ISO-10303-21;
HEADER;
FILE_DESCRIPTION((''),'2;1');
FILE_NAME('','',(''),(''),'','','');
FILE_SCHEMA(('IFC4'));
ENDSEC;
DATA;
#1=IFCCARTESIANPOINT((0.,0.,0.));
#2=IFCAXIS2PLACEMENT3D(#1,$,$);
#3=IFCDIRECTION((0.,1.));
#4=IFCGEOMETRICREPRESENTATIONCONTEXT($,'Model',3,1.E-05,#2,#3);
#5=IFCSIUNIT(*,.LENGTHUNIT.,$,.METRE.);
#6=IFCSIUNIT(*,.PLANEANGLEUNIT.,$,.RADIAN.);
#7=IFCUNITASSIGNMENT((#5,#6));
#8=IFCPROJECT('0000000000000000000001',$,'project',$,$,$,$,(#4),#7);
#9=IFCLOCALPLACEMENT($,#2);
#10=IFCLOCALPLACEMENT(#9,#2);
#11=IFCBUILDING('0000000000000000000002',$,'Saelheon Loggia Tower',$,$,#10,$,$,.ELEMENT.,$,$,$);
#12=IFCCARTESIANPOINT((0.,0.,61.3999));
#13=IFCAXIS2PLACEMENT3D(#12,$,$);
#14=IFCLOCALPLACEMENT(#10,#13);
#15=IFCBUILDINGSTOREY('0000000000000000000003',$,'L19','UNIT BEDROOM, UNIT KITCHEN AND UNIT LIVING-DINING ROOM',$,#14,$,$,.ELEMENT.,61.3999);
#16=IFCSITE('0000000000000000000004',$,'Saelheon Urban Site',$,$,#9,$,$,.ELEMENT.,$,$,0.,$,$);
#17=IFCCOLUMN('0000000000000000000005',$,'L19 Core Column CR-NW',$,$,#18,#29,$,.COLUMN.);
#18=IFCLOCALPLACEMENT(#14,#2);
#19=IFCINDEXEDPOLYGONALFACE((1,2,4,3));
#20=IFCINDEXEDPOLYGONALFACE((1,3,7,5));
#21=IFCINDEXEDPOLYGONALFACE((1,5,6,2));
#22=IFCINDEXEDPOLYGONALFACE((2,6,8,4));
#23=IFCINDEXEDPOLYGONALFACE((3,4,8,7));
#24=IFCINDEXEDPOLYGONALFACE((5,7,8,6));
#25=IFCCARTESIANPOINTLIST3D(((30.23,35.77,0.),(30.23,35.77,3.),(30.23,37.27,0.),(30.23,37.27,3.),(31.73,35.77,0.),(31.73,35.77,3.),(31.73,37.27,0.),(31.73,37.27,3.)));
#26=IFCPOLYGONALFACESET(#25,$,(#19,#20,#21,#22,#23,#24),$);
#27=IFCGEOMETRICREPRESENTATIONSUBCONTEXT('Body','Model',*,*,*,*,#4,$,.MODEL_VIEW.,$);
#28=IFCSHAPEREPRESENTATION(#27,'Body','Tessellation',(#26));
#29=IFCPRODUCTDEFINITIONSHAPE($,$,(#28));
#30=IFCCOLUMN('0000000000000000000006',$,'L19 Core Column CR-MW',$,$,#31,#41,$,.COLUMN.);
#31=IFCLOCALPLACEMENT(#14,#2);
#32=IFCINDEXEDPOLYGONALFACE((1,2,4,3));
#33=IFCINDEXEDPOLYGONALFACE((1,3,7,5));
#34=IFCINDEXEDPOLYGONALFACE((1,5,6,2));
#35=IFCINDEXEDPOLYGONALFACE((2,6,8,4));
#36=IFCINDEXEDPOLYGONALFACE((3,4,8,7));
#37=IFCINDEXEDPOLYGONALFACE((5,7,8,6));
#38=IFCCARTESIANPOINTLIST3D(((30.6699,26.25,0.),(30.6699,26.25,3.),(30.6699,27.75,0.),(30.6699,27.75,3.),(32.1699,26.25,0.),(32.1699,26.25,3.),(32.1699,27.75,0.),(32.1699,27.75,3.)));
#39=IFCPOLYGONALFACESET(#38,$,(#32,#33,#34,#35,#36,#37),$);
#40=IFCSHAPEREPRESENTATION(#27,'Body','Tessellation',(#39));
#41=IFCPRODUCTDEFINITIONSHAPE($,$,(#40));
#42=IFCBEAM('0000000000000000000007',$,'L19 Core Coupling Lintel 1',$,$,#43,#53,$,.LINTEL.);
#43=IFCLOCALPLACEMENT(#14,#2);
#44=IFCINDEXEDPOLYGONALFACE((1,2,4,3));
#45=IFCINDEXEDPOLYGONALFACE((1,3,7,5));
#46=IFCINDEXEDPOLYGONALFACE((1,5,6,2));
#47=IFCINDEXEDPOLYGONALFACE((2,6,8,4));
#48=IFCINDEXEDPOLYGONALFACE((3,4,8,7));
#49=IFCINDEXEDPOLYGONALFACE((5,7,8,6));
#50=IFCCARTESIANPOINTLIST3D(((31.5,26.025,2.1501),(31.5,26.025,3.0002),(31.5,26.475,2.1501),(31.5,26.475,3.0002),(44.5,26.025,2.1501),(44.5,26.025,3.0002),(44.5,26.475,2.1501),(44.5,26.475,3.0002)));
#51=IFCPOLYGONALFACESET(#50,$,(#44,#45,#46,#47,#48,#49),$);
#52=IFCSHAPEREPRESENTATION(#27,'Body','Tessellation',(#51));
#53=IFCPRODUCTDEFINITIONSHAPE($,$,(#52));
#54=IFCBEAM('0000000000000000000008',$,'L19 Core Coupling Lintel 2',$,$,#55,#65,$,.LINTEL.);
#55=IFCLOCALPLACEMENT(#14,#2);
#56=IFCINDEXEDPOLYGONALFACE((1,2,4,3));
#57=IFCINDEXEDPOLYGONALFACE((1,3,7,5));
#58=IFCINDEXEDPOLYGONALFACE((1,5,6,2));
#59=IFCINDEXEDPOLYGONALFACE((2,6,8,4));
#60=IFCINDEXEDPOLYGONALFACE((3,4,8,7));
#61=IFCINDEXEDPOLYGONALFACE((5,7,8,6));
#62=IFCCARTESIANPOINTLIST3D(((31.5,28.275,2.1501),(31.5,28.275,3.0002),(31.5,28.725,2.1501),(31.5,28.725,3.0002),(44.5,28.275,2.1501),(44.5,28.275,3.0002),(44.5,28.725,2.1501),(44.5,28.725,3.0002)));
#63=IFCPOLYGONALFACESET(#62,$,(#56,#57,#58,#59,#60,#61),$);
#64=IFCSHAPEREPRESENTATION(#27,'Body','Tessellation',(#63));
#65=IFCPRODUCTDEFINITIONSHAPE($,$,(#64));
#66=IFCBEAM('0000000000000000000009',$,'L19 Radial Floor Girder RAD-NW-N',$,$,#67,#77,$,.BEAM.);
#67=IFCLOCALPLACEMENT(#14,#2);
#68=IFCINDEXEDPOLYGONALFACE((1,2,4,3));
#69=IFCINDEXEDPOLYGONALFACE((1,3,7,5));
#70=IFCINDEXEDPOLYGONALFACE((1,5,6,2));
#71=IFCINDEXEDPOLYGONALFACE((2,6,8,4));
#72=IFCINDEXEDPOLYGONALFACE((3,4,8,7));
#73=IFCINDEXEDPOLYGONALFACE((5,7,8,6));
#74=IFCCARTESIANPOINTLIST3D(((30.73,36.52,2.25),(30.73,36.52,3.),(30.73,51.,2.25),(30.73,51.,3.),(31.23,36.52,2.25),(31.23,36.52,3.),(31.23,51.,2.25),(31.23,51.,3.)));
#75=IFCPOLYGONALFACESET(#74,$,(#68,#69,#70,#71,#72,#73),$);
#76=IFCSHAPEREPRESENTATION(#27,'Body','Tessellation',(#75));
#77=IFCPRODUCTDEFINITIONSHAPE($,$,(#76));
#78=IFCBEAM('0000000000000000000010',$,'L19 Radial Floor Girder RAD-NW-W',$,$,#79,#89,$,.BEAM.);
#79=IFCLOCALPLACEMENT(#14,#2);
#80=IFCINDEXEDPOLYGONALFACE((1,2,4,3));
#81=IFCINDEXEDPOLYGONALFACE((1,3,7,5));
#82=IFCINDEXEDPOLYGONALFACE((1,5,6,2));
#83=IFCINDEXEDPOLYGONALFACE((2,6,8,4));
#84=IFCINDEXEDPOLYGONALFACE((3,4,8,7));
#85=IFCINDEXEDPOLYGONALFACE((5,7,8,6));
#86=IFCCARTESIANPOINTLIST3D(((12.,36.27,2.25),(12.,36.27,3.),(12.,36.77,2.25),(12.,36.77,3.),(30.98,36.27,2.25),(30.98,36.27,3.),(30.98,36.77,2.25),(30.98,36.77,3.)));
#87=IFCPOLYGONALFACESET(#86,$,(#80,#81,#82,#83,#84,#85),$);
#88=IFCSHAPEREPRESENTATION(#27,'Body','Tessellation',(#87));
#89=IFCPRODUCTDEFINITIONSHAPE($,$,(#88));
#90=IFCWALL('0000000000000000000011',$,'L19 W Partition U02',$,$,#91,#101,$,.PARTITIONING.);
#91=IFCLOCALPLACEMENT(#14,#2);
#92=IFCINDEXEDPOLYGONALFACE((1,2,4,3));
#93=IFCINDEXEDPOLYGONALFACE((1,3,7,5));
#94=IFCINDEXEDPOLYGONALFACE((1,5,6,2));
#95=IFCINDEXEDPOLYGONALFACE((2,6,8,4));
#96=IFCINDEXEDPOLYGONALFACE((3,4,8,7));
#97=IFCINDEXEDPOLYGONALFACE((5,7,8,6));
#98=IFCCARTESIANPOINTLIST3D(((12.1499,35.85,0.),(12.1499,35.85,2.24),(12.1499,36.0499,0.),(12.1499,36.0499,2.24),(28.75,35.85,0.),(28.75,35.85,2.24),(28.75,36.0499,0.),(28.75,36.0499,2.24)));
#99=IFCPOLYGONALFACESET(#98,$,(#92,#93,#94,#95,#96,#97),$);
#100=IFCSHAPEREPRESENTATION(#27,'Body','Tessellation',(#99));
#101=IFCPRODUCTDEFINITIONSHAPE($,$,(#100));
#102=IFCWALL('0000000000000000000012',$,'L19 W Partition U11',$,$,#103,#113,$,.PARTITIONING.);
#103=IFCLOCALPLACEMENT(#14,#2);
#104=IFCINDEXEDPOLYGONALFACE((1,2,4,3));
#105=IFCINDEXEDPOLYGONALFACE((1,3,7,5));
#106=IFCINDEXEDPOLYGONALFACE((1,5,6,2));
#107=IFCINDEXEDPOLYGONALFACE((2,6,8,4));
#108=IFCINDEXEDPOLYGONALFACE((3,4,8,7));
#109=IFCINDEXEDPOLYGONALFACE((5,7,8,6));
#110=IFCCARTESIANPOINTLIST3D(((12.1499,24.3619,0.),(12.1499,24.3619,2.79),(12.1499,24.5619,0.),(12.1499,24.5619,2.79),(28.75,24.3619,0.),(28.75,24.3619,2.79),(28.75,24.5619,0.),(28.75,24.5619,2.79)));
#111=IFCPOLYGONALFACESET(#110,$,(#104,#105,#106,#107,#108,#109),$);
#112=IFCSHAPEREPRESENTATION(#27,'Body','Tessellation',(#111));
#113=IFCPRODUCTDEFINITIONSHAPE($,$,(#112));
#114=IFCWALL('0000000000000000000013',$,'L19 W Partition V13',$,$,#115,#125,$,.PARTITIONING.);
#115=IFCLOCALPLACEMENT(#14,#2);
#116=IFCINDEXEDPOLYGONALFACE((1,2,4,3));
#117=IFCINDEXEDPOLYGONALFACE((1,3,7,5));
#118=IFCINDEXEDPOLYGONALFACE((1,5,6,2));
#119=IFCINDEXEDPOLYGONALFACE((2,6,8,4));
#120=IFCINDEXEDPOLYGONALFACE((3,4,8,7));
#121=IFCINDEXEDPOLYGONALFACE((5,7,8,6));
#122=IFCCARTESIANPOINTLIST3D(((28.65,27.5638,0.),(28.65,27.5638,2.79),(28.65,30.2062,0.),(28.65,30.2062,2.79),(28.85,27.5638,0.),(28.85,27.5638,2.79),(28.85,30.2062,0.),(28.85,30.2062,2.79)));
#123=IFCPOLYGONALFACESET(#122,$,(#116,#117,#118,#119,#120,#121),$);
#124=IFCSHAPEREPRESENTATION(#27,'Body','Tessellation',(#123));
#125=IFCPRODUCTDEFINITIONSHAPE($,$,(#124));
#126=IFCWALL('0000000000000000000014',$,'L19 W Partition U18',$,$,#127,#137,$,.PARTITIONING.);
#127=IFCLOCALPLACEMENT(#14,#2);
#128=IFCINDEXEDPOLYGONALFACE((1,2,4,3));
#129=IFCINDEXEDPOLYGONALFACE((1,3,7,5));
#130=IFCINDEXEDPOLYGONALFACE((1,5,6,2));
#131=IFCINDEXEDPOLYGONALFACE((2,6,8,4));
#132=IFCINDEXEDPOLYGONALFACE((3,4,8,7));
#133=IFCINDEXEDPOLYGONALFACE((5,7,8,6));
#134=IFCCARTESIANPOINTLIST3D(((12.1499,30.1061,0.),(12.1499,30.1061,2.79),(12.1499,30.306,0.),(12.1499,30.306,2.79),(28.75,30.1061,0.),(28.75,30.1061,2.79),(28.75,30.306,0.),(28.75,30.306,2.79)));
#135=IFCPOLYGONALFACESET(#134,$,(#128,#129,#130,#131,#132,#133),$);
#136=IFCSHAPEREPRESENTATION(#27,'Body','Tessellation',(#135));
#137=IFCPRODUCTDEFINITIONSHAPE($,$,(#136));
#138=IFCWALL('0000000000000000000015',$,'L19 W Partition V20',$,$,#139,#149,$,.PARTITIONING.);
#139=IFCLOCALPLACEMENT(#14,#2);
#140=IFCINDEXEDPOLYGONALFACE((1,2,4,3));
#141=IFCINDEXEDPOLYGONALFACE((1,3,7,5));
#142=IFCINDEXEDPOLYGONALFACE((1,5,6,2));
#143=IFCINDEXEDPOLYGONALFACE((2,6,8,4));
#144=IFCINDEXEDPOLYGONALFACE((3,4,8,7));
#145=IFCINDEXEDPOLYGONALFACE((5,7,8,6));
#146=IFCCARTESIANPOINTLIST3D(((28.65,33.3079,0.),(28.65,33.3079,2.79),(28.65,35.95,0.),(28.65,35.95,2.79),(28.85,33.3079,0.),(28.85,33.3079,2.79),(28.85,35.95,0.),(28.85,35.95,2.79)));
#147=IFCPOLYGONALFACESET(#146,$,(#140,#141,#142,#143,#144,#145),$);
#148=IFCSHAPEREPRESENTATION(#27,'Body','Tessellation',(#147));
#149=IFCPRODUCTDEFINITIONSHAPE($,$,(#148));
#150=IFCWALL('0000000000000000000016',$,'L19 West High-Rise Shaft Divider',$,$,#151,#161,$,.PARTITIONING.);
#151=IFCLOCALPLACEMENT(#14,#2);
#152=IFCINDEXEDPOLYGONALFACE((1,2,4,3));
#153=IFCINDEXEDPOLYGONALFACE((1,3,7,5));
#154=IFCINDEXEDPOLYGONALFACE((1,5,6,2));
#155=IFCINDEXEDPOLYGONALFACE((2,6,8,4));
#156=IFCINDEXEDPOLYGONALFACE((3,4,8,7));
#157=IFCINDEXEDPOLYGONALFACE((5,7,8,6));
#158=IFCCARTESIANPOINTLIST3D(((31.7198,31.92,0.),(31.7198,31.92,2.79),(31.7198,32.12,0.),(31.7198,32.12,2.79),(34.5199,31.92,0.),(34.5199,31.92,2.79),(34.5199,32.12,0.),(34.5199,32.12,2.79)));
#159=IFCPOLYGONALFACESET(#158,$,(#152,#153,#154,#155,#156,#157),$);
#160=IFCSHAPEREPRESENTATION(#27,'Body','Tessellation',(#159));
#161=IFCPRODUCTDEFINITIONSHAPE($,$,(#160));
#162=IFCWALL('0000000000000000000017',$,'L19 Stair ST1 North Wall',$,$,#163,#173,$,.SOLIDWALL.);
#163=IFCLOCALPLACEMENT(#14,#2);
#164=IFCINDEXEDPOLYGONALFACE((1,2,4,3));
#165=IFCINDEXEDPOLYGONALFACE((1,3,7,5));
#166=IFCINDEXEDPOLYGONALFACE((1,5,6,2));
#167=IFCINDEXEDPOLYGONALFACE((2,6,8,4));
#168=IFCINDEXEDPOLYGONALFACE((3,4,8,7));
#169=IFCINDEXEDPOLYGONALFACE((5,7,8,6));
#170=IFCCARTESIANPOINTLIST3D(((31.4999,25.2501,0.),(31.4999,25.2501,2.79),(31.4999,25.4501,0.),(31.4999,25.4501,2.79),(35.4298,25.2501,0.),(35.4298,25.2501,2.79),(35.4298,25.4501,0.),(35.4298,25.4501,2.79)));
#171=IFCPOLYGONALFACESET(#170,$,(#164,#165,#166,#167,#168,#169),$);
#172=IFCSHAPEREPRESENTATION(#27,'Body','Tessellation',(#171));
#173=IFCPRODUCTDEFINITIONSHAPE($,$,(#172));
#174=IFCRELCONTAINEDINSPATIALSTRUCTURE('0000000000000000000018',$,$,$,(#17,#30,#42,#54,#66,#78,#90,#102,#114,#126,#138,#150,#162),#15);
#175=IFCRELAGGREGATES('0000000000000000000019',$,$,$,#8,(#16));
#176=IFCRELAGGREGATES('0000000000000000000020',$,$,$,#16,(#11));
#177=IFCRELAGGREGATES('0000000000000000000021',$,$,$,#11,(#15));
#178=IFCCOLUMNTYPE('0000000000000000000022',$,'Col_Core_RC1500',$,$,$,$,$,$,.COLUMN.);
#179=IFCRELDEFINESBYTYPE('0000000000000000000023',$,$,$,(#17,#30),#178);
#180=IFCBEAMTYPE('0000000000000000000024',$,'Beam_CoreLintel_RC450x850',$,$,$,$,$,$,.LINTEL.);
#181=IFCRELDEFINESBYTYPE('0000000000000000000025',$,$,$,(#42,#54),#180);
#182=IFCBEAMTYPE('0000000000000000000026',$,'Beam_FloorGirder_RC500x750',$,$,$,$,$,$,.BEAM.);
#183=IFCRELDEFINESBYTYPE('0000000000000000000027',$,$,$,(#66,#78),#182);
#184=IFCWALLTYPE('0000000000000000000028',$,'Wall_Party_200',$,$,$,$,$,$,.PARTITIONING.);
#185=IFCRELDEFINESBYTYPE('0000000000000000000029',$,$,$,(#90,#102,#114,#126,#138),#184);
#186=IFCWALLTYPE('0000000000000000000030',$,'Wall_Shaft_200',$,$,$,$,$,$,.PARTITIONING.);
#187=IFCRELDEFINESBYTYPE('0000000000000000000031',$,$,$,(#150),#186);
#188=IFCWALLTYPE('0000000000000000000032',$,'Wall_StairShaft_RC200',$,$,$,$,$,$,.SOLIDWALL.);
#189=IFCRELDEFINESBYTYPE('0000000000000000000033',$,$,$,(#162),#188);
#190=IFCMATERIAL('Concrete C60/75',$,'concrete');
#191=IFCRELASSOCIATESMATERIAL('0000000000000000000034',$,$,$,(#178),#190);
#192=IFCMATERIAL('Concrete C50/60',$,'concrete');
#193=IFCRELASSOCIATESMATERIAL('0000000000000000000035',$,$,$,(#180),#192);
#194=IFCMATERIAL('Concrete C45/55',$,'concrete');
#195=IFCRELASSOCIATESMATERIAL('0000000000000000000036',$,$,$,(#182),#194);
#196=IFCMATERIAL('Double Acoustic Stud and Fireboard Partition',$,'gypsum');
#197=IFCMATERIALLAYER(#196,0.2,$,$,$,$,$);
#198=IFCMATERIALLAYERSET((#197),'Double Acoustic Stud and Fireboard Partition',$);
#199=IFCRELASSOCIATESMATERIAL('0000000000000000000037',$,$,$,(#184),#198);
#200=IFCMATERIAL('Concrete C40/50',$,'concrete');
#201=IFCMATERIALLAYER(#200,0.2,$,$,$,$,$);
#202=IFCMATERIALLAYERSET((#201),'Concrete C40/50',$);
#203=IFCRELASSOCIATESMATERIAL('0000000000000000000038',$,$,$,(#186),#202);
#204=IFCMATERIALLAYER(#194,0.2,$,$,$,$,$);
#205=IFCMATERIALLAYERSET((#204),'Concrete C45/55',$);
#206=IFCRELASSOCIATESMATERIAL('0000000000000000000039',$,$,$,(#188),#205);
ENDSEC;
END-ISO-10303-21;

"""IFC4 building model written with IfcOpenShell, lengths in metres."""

from ifc_helpers import new_model, si_unit, direction, frame, frame_2d, origin, origin_2d, place, context, subcontext, project, spatial, rectangle, extrude, source, transform, mapped, material, layer, layer_set, material_profile, profile_set, type_object, element, save


model = new_model("IFC4")

# Units and contexts
model_context = context("Model", 3, precision=1e-05, world=origin(), true_north=direction((0.0, 1.0)))
body_context = subcontext(model_context, "Body", "Model", "MODEL_VIEW")
ifc_project = project(units=[si_unit("LENGTHUNIT", "METRE"), si_unit("PLANEANGLEUNIT", "RADIAN")], contexts=[model_context])

# Site, building, storey
site_placement = place(None, origin())
site = spatial("IfcSite", under=ifc_project, at=site_placement, Name="Saelheon Urban Site", CompositionType="ELEMENT", RefElevation=0.0)
building_placement = place(site_placement, origin())
building = spatial("IfcBuilding", under=site, at=building_placement, Name="Saelheon Loggia Tower", CompositionType="ELEMENT")
storey_placement = place(building_placement, frame((0.0, 0.0, 61.3999)))
storey = spatial("IfcBuildingStorey", under=building, at=storey_placement, Name="L19", Description="UNIT BEDROOM, UNIT KITCHEN AND UNIT LIVING-DINING ROOM", CompositionType="ELEMENT", Elevation=61.3999)

# Columns
ifc_material_1 = material(Name="Concrete C60/75", Category="concrete")
ifc_material_profile_1 = material_profile(ifc_material_1, rectangle(XDim=1.5, YDim=1.5, at=origin_2d()), Name="RC-1500x1500")
ifc_profile_set_1 = profile_set([ifc_material_profile_1], Name="Concrete C60/75")
column_type = type_object("IfcColumnType", Name="Col_Core_RC1500", PredefinedType="COLUMN", material=ifc_profile_set_1)
shared_shape_1 = source(origin(), body_context, "Body", "SweptSolid", [
    extrude(rectangle(XDim=1.5, YDim=1.5, at=origin_2d()), origin(), (0.0, 0.0, 1.0), 3.0),
])
for number, where, z_axis, x_axis, name in (
    (1, (30.98, 36.52, 0.0), (0.0, 0.0, 1.0), (1.0, 0.0, 0.0), "L19 Core Column CR-NW"),
    (2, (31.4199, 27.0, 0.0), (0.0, 0.0, 1.0), (1.0, 0.0, 0.0), "L19 Core Column CR-MW"),
):
    element("IfcColumn", number, at=place(storey_placement, frame(where, z_axis=z_axis, x_axis=x_axis)), inside=storey, type_object=column_type, Name=name, PredefinedType="COLUMN", context=body_context, shape_type="MappedRepresentation", body=[
        mapped(shared_shape_1, transform((0.0, 0.0, 0.0), scale=1.0)),
    ])

# Beams
ifc_material_2 = material(Name="Concrete C50/60", Category="concrete")
ifc_material_profile_2 = material_profile(ifc_material_2, rectangle(XDim=0.45, YDim=0.8501, at=origin_2d()), Name="RC-450x850")
ifc_profile_set_2 = profile_set([ifc_material_profile_2], Name="Concrete C50/60")
beam_type_1 = type_object("IfcBeamType", Name="Beam_CoreLintel_RC450x850", PredefinedType="LINTEL", material=ifc_profile_set_2)
shared_shape_2 = source(origin(), body_context, "Body", "SweptSolid", [
    extrude(rectangle(XDim=0.45, YDim=0.8501, at=origin_2d()), origin(), (0.0, 0.0, 1.0), 13.0),
])
for number, where, z_axis, x_axis, name in (
    (3, (31.5, 26.25, 2.5752), (1.0, 0.0, 0.0), (0.0, 1.0, 0.0), "L19 Core Coupling Lintel 1"),
    (4, (31.5, 28.5, 2.5752), (1.0, 0.0, 0.0), (0.0, 1.0, 0.0), "L19 Core Coupling Lintel 2"),
):
    element("IfcBeam", number, at=place(storey_placement, frame(where, z_axis=z_axis, x_axis=x_axis)), inside=storey, type_object=beam_type_1, Name=name, PredefinedType="LINTEL", context=body_context, shape_type="MappedRepresentation", body=[
        mapped(shared_shape_2, transform((0.0, 0.0, 0.0), scale=1.0)),
    ])
ifc_material_3 = material(Name="Concrete C45/55", Category="concrete")
ifc_material_profile_3 = material_profile(ifc_material_3, rectangle(XDim=0.5, YDim=0.75, at=origin_2d()), Name="RC-500x750")
ifc_profile_set_3 = profile_set([ifc_material_profile_3], Name="Concrete C45/55")
beam_type_2 = type_object("IfcBeamType", Name="Beam_FloorGirder_RC500x750", PredefinedType="BEAM", material=ifc_profile_set_3)
shared_shape_3 = source(origin(), body_context, "Body", "SweptSolid", [
    extrude(rectangle(XDim=0.5, YDim=0.75, at=origin_2d()), origin(), (0.0, 0.0, 1.0), 14.48),
])
beam_1_placement = place(storey_placement, frame((30.98, 36.52, 2.625), z_axis=(0.0, 1.0, 0.0), x_axis=(-1.0, 0.0, 0.0)))
element("IfcBeam", 5, at=beam_1_placement, inside=storey, type_object=beam_type_2, Name="L19 Radial Floor Girder RAD-NW-N", PredefinedType="BEAM", context=body_context, shape_type="MappedRepresentation", body=[
    mapped(shared_shape_3, transform((0.0, 0.0, 0.0), scale=1.0)),
])
shared_shape_4 = source(origin(), body_context, "Body", "SweptSolid", [
    extrude(rectangle(XDim=0.5, YDim=0.75, at=origin_2d()), origin(), (0.0, 0.0, 1.0), 18.98),
])
beam_2_placement = place(storey_placement, frame((30.98, 36.52, 2.625), z_axis=(-1.0, 0.0, 0.0), x_axis=(0.0, -1.0, 0.0)))
element("IfcBeam", 6, at=beam_2_placement, inside=storey, type_object=beam_type_2, Name="L19 Radial Floor Girder RAD-NW-W", PredefinedType="BEAM", context=body_context, shape_type="MappedRepresentation", body=[
    mapped(shared_shape_4, transform((0.0, 0.0, 0.0), scale=1.0)),
])

# Walls
ifc_material_4 = material(Name="Double Acoustic Stud and Fireboard Partition", Category="gypsum")
ifc_layer_1 = layer(ifc_material_4, 0.2)
ifc_layer_set_1 = layer_set([ifc_layer_1], Name="Double Acoustic Stud and Fireboard Partition")
wall_type_1 = type_object("IfcWallType", Name="Wall_Party_200", PredefinedType="PARTITIONING", material=ifc_layer_set_1)
wall_1_placement = place(storey_placement, frame((28.75, 35.95, 0.0), z_axis=(0.0, 0.0, 1.0), x_axis=(-1.0, 0.0, 0.0)))
element("IfcWall", 7, at=wall_1_placement, inside=storey, type_object=wall_type_1, Name="L19 W Partition U02", PredefinedType="PARTITIONING", context=body_context, shape_type="SweptSolid", body=[
    extrude(rectangle(XDim=16.6001, YDim=0.2, at=frame_2d((8.3, 0.0))), origin(), (0.0, 0.0, 1.0), 2.24),
])
wall_2_placement = place(storey_placement, frame((28.75, 24.4619, 0.0), z_axis=(0.0, 0.0, 1.0), x_axis=(-1.0, 0.0, 0.0)))
element("IfcWall", 8, at=wall_2_placement, inside=storey, type_object=wall_type_1, Name="L19 W Partition U11", PredefinedType="PARTITIONING", context=body_context, shape_type="SweptSolid", body=[
    extrude(rectangle(XDim=16.6001, YDim=0.2, at=frame_2d((8.3, 0.0))), origin(), (0.0, 0.0, 1.0), 2.79),
])

# Walls
wall_3_placement = place(storey_placement, frame((28.75, 27.5637, 0.0), z_axis=(0.0, 0.0, 1.0), x_axis=(0.0, 1.0, 0.0)))
element("IfcWall", 9, at=wall_3_placement, inside=storey, type_object=wall_type_1, Name="L19 W Partition V13", PredefinedType="PARTITIONING", context=body_context, shape_type="SweptSolid", body=[
    extrude(rectangle(XDim=2.6423, YDim=0.2, at=frame_2d((1.3213, 0.0))), origin(), (0.0, 0.0, 1.0), 2.79),
])
wall_4_placement = place(storey_placement, frame((28.75, 30.2061, 0.0), z_axis=(0.0, 0.0, 1.0), x_axis=(-1.0, 0.0, 0.0)))
element("IfcWall", 10, at=wall_4_placement, inside=storey, type_object=wall_type_1, Name="L19 W Partition U18", PredefinedType="PARTITIONING", context=body_context, shape_type="SweptSolid", body=[
    extrude(rectangle(XDim=16.6001, YDim=0.2, at=frame_2d((8.3, 0.0))), origin(), (0.0, 0.0, 1.0), 2.79),
])

# Walls
wall_5_placement = place(storey_placement, frame((28.75, 33.3079, 0.0), z_axis=(0.0, 0.0, 1.0), x_axis=(0.0, 1.0, 0.0)))
element("IfcWall", 11, at=wall_5_placement, inside=storey, type_object=wall_type_1, Name="L19 W Partition V20", PredefinedType="PARTITIONING", context=body_context, shape_type="SweptSolid", body=[
    extrude(rectangle(XDim=2.6421, YDim=0.2, at=frame_2d((1.321, 0.0))), origin(), (0.0, 0.0, 1.0), 2.79),
])
ifc_material_5 = material(Name="Concrete C40/50", Category="concrete")
ifc_layer_2 = layer(ifc_material_5, 0.2)
ifc_layer_set_2 = layer_set([ifc_layer_2], Name="Concrete C40/50")
wall_type_2 = type_object("IfcWallType", Name="Wall_Shaft_200", PredefinedType="PARTITIONING", material=ifc_layer_set_2)
wall_6_placement = place(storey_placement, frame((31.72, 32.02, 0.0), z_axis=(0.0, 0.0, 1.0), x_axis=(1.0, 0.0, 0.0)))
element("IfcWall", 12, at=wall_6_placement, inside=storey, type_object=wall_type_2, Name="L19 West High-Rise Shaft Divider", PredefinedType="PARTITIONING", context=body_context, shape_type="SweptSolid", body=[
    extrude(rectangle(XDim=2.8, YDim=0.2, at=frame_2d((1.3999, 0.0))), origin(), (0.0, 0.0, 1.0), 2.79),
])
ifc_layer_3 = layer(ifc_material_3, 0.2)
ifc_layer_set_3 = layer_set([ifc_layer_3], Name="Concrete C45/55")
wall_type_3 = type_object("IfcWallType", Name="Wall_StairShaft_RC200", PredefinedType="SOLIDWALL", material=ifc_layer_set_3)
wall_7_placement = place(storey_placement, frame((31.5, 25.3501, 0.0), z_axis=(0.0, 0.0, 1.0), x_axis=(1.0, 0.0, 0.0)))
element("IfcWall", 13, at=wall_7_placement, inside=storey, type_object=wall_type_3, Name="L19 Stair ST1 North Wall", PredefinedType="SOLIDWALL", context=body_context, shape_type="SweptSolid", body=[
    extrude(rectangle(XDim=3.9299, YDim=0.2, at=frame_2d((1.9648, 0.0))), origin(), (0.0, 0.0, 1.0), 2.79),
])

save(model, "model.ifc")
